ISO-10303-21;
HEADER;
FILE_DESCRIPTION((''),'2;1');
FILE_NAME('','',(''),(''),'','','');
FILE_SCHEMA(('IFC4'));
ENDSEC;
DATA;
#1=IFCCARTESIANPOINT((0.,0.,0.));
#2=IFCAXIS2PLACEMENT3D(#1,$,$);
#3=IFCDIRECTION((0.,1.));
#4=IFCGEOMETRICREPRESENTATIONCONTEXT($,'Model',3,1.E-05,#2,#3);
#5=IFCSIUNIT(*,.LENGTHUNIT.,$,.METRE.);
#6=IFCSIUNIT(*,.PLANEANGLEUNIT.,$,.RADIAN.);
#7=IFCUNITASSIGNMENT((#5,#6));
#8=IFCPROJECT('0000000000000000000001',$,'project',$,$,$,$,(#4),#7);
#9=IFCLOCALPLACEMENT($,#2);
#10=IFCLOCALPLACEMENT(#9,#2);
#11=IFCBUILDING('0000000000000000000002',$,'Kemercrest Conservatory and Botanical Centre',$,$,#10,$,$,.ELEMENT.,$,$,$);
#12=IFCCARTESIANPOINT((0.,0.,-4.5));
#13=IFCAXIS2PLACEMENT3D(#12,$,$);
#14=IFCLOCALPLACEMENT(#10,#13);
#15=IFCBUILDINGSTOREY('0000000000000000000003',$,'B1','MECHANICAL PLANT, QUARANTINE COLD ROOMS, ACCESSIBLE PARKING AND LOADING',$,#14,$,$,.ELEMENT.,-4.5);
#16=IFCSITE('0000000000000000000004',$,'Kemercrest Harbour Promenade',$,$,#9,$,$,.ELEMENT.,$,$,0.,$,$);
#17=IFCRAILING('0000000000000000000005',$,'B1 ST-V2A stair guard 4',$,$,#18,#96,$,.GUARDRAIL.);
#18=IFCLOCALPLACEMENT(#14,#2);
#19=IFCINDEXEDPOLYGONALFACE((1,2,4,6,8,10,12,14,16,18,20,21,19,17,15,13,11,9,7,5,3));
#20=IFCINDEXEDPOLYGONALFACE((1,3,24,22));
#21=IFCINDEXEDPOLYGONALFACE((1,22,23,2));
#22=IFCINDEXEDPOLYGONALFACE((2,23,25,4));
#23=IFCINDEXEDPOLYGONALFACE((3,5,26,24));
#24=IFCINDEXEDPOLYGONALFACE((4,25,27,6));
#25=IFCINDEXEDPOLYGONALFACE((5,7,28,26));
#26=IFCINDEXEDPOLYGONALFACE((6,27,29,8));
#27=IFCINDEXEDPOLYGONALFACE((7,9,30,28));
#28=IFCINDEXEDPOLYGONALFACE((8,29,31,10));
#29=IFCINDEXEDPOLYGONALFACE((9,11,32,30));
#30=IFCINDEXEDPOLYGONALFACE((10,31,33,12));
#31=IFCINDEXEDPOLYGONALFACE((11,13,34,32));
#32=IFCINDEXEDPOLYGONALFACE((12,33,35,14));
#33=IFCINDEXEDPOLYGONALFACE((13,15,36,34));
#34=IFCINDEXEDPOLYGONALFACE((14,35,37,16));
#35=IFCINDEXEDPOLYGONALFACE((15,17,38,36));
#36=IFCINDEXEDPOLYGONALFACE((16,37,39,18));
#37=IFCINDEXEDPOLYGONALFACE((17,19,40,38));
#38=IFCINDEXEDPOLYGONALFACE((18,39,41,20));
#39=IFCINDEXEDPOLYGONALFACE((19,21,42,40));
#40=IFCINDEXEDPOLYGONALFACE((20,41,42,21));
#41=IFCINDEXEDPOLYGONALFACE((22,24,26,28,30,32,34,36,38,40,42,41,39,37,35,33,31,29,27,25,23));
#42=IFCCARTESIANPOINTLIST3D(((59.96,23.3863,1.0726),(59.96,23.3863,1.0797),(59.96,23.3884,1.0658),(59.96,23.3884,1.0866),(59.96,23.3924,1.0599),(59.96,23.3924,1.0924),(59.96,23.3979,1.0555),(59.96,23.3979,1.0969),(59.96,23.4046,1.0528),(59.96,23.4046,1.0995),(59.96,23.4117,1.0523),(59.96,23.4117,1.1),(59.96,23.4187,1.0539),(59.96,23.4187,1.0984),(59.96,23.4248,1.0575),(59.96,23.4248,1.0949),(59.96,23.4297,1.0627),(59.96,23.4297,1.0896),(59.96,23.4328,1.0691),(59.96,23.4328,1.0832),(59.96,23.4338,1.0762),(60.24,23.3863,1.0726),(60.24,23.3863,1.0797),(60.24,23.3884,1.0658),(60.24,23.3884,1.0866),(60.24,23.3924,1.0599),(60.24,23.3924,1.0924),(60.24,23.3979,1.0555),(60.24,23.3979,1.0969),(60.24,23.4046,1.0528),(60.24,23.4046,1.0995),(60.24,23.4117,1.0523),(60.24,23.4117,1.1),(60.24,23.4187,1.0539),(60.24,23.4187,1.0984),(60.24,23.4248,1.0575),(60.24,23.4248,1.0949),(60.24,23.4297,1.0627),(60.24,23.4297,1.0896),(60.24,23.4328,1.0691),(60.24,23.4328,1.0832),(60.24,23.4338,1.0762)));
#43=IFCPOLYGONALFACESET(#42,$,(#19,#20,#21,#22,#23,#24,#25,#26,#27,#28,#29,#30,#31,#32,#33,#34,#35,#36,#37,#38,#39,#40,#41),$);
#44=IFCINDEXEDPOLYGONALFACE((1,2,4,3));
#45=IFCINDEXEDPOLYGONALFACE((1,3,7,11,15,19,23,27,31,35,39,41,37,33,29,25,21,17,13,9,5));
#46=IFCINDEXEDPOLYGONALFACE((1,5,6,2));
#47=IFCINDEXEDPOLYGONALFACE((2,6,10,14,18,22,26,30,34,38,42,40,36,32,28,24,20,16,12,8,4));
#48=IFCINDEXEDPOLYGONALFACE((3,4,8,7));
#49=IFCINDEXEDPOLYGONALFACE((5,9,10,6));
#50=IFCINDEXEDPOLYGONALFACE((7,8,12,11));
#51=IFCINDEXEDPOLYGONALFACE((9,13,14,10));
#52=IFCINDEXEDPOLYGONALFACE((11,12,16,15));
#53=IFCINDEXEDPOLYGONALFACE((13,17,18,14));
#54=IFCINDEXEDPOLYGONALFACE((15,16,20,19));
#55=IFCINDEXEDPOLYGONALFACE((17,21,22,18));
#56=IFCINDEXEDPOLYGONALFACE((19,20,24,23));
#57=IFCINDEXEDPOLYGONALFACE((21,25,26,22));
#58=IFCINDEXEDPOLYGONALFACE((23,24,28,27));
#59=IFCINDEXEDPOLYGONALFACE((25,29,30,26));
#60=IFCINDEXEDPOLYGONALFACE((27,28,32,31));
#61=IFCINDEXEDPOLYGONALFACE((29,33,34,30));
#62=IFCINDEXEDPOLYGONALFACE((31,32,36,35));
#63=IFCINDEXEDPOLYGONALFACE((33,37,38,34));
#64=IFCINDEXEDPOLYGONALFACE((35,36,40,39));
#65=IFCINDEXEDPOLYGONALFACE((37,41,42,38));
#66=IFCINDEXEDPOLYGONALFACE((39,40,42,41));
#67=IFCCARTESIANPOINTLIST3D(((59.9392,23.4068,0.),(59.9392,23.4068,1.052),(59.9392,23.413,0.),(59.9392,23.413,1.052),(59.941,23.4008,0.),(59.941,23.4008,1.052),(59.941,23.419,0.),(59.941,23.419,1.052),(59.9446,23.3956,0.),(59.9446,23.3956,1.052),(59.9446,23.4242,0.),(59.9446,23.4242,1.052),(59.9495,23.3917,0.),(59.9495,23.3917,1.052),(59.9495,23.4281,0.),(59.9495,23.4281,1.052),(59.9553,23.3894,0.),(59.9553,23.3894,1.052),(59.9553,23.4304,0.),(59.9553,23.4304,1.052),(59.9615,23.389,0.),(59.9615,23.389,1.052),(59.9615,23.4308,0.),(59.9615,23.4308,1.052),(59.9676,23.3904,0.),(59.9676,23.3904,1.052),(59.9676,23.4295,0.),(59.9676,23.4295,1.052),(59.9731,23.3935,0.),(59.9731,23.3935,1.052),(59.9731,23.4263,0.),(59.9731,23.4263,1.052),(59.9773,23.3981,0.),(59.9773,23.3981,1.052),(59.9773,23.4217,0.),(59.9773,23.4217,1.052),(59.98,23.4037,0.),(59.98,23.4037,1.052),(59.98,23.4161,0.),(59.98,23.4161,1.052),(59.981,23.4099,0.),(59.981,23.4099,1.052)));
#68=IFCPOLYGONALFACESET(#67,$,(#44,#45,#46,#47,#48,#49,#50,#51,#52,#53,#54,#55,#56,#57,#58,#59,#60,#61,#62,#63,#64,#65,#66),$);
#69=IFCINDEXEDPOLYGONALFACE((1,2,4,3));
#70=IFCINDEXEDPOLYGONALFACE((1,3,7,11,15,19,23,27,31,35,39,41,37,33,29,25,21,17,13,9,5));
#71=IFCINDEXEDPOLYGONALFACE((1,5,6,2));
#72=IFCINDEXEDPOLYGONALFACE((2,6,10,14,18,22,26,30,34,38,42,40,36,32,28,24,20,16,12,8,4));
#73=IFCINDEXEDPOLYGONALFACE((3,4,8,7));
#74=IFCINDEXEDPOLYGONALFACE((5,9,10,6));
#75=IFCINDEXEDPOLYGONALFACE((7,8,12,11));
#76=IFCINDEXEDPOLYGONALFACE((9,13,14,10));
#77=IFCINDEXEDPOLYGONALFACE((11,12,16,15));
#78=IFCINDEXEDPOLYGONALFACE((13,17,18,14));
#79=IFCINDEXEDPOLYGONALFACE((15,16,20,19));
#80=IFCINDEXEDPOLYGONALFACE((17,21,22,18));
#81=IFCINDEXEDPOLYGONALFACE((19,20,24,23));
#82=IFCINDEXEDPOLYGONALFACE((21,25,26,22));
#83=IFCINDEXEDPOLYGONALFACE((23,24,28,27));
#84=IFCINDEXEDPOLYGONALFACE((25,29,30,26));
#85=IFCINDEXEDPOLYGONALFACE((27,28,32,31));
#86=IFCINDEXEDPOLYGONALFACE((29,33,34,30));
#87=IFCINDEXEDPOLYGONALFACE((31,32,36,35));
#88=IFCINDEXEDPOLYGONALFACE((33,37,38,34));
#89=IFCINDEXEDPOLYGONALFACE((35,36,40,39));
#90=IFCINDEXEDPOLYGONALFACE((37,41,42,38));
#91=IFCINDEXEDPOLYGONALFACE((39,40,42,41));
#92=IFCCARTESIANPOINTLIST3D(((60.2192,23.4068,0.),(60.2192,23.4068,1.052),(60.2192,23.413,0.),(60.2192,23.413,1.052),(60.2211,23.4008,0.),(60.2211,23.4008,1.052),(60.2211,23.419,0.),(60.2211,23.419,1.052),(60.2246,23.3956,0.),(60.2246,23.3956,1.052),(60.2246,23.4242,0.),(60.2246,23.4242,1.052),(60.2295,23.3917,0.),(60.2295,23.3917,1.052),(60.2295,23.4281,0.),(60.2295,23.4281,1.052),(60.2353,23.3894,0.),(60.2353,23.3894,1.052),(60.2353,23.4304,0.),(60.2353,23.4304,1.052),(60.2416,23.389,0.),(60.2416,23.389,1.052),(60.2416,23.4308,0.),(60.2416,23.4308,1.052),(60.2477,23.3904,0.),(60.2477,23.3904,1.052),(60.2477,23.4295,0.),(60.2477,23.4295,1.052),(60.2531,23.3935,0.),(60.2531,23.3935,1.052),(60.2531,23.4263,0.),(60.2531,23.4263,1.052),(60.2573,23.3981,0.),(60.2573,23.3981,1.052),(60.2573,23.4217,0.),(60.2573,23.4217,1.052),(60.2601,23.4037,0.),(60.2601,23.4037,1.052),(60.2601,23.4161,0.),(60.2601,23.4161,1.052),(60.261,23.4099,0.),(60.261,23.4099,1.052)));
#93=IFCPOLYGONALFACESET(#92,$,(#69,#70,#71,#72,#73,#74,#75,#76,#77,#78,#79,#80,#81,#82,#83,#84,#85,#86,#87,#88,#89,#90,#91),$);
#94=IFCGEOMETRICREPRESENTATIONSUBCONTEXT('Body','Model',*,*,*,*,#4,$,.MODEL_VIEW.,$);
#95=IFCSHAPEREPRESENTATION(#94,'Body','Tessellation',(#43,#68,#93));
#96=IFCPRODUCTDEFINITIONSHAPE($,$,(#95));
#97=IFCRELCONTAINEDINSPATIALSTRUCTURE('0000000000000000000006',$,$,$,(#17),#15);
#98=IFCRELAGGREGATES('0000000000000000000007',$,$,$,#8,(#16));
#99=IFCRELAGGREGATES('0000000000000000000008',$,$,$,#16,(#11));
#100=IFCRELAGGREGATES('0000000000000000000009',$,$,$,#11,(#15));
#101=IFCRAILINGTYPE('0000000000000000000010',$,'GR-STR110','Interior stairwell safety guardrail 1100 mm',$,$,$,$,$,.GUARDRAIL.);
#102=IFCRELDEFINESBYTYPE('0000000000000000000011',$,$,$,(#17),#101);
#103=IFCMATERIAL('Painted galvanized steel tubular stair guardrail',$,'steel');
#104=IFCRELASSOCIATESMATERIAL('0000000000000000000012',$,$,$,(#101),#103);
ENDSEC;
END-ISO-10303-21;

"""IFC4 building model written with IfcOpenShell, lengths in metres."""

from ifc_helpers import new_model, si_unit, direction, frame, origin, origin_2d, place, context, subcontext, project, spatial, circle, extrude, material, type_object, element, save


model = new_model("IFC4")

# Units and contexts
model_context = context("Model", 3, precision=1e-05, world=origin(), true_north=direction((0.0, 1.0)))
body_context = subcontext(model_context, "Body", "Model", "MODEL_VIEW")
ifc_project = project(units=[si_unit("LENGTHUNIT", "METRE"), si_unit("PLANEANGLEUNIT", "RADIAN")], contexts=[model_context])

# Site, building, storey
site_placement = place(None, origin())
site = spatial("IfcSite", under=ifc_project, at=site_placement, Name="Kemercrest Harbour Promenade", CompositionType="ELEMENT", RefElevation=0.0)
building_placement = place(site_placement, origin())
building = spatial("IfcBuilding", under=site, at=building_placement, Name="Kemercrest Conservatory and Botanical Centre", CompositionType="ELEMENT")
storey_placement = place(building_placement, frame((0.0, 0.0, -4.5)))
storey = spatial("IfcBuildingStorey", under=building, at=storey_placement, Name="B1", Description="MECHANICAL PLANT, QUARANTINE COLD ROOMS, ACCESSIBLE PARKING AND LOADING", CompositionType="ELEMENT", Elevation=-4.5)

# Railing
ifc_material_1 = material(Name="Painted galvanized steel tubular stair guardrail", Category="steel")
railing_type_1 = type_object("IfcRailingType", Name="GR-STR110", Description="Interior stairwell safety guardrail 1100 mm", PredefinedType="GUARDRAIL", material=ifc_material_1)
railing_1_placement = place(storey_placement, frame((59.96, 23.4099, 0.0)))
element("IfcRailing", 1, at=railing_1_placement, inside=storey, type_object=railing_type_1, Name="B1 ST-V2A stair guard 4", PredefinedType="GUARDRAIL", context=body_context, shape_type="SweptSolid", body=[
    extrude(circle(Radius=0.0239, at=origin_2d()), frame((0.0, 0.0, 1.0762), z_axis=(1.0, 0.0, 0.0), x_axis=(0.0, 1.0, 0.0)), (0.0, 0.0, 1.0), 0.28),
    extrude(circle(Radius=0.021, at=origin_2d()), origin(), (0.0, 0.0, 1.0), 1.052),
    extrude(circle(Radius=0.021, at=origin_2d()), frame((0.28, 0.0, 0.0)), (0.0, 0.0, 1.0), 1.052),
])

save(model, "model.ifc")
